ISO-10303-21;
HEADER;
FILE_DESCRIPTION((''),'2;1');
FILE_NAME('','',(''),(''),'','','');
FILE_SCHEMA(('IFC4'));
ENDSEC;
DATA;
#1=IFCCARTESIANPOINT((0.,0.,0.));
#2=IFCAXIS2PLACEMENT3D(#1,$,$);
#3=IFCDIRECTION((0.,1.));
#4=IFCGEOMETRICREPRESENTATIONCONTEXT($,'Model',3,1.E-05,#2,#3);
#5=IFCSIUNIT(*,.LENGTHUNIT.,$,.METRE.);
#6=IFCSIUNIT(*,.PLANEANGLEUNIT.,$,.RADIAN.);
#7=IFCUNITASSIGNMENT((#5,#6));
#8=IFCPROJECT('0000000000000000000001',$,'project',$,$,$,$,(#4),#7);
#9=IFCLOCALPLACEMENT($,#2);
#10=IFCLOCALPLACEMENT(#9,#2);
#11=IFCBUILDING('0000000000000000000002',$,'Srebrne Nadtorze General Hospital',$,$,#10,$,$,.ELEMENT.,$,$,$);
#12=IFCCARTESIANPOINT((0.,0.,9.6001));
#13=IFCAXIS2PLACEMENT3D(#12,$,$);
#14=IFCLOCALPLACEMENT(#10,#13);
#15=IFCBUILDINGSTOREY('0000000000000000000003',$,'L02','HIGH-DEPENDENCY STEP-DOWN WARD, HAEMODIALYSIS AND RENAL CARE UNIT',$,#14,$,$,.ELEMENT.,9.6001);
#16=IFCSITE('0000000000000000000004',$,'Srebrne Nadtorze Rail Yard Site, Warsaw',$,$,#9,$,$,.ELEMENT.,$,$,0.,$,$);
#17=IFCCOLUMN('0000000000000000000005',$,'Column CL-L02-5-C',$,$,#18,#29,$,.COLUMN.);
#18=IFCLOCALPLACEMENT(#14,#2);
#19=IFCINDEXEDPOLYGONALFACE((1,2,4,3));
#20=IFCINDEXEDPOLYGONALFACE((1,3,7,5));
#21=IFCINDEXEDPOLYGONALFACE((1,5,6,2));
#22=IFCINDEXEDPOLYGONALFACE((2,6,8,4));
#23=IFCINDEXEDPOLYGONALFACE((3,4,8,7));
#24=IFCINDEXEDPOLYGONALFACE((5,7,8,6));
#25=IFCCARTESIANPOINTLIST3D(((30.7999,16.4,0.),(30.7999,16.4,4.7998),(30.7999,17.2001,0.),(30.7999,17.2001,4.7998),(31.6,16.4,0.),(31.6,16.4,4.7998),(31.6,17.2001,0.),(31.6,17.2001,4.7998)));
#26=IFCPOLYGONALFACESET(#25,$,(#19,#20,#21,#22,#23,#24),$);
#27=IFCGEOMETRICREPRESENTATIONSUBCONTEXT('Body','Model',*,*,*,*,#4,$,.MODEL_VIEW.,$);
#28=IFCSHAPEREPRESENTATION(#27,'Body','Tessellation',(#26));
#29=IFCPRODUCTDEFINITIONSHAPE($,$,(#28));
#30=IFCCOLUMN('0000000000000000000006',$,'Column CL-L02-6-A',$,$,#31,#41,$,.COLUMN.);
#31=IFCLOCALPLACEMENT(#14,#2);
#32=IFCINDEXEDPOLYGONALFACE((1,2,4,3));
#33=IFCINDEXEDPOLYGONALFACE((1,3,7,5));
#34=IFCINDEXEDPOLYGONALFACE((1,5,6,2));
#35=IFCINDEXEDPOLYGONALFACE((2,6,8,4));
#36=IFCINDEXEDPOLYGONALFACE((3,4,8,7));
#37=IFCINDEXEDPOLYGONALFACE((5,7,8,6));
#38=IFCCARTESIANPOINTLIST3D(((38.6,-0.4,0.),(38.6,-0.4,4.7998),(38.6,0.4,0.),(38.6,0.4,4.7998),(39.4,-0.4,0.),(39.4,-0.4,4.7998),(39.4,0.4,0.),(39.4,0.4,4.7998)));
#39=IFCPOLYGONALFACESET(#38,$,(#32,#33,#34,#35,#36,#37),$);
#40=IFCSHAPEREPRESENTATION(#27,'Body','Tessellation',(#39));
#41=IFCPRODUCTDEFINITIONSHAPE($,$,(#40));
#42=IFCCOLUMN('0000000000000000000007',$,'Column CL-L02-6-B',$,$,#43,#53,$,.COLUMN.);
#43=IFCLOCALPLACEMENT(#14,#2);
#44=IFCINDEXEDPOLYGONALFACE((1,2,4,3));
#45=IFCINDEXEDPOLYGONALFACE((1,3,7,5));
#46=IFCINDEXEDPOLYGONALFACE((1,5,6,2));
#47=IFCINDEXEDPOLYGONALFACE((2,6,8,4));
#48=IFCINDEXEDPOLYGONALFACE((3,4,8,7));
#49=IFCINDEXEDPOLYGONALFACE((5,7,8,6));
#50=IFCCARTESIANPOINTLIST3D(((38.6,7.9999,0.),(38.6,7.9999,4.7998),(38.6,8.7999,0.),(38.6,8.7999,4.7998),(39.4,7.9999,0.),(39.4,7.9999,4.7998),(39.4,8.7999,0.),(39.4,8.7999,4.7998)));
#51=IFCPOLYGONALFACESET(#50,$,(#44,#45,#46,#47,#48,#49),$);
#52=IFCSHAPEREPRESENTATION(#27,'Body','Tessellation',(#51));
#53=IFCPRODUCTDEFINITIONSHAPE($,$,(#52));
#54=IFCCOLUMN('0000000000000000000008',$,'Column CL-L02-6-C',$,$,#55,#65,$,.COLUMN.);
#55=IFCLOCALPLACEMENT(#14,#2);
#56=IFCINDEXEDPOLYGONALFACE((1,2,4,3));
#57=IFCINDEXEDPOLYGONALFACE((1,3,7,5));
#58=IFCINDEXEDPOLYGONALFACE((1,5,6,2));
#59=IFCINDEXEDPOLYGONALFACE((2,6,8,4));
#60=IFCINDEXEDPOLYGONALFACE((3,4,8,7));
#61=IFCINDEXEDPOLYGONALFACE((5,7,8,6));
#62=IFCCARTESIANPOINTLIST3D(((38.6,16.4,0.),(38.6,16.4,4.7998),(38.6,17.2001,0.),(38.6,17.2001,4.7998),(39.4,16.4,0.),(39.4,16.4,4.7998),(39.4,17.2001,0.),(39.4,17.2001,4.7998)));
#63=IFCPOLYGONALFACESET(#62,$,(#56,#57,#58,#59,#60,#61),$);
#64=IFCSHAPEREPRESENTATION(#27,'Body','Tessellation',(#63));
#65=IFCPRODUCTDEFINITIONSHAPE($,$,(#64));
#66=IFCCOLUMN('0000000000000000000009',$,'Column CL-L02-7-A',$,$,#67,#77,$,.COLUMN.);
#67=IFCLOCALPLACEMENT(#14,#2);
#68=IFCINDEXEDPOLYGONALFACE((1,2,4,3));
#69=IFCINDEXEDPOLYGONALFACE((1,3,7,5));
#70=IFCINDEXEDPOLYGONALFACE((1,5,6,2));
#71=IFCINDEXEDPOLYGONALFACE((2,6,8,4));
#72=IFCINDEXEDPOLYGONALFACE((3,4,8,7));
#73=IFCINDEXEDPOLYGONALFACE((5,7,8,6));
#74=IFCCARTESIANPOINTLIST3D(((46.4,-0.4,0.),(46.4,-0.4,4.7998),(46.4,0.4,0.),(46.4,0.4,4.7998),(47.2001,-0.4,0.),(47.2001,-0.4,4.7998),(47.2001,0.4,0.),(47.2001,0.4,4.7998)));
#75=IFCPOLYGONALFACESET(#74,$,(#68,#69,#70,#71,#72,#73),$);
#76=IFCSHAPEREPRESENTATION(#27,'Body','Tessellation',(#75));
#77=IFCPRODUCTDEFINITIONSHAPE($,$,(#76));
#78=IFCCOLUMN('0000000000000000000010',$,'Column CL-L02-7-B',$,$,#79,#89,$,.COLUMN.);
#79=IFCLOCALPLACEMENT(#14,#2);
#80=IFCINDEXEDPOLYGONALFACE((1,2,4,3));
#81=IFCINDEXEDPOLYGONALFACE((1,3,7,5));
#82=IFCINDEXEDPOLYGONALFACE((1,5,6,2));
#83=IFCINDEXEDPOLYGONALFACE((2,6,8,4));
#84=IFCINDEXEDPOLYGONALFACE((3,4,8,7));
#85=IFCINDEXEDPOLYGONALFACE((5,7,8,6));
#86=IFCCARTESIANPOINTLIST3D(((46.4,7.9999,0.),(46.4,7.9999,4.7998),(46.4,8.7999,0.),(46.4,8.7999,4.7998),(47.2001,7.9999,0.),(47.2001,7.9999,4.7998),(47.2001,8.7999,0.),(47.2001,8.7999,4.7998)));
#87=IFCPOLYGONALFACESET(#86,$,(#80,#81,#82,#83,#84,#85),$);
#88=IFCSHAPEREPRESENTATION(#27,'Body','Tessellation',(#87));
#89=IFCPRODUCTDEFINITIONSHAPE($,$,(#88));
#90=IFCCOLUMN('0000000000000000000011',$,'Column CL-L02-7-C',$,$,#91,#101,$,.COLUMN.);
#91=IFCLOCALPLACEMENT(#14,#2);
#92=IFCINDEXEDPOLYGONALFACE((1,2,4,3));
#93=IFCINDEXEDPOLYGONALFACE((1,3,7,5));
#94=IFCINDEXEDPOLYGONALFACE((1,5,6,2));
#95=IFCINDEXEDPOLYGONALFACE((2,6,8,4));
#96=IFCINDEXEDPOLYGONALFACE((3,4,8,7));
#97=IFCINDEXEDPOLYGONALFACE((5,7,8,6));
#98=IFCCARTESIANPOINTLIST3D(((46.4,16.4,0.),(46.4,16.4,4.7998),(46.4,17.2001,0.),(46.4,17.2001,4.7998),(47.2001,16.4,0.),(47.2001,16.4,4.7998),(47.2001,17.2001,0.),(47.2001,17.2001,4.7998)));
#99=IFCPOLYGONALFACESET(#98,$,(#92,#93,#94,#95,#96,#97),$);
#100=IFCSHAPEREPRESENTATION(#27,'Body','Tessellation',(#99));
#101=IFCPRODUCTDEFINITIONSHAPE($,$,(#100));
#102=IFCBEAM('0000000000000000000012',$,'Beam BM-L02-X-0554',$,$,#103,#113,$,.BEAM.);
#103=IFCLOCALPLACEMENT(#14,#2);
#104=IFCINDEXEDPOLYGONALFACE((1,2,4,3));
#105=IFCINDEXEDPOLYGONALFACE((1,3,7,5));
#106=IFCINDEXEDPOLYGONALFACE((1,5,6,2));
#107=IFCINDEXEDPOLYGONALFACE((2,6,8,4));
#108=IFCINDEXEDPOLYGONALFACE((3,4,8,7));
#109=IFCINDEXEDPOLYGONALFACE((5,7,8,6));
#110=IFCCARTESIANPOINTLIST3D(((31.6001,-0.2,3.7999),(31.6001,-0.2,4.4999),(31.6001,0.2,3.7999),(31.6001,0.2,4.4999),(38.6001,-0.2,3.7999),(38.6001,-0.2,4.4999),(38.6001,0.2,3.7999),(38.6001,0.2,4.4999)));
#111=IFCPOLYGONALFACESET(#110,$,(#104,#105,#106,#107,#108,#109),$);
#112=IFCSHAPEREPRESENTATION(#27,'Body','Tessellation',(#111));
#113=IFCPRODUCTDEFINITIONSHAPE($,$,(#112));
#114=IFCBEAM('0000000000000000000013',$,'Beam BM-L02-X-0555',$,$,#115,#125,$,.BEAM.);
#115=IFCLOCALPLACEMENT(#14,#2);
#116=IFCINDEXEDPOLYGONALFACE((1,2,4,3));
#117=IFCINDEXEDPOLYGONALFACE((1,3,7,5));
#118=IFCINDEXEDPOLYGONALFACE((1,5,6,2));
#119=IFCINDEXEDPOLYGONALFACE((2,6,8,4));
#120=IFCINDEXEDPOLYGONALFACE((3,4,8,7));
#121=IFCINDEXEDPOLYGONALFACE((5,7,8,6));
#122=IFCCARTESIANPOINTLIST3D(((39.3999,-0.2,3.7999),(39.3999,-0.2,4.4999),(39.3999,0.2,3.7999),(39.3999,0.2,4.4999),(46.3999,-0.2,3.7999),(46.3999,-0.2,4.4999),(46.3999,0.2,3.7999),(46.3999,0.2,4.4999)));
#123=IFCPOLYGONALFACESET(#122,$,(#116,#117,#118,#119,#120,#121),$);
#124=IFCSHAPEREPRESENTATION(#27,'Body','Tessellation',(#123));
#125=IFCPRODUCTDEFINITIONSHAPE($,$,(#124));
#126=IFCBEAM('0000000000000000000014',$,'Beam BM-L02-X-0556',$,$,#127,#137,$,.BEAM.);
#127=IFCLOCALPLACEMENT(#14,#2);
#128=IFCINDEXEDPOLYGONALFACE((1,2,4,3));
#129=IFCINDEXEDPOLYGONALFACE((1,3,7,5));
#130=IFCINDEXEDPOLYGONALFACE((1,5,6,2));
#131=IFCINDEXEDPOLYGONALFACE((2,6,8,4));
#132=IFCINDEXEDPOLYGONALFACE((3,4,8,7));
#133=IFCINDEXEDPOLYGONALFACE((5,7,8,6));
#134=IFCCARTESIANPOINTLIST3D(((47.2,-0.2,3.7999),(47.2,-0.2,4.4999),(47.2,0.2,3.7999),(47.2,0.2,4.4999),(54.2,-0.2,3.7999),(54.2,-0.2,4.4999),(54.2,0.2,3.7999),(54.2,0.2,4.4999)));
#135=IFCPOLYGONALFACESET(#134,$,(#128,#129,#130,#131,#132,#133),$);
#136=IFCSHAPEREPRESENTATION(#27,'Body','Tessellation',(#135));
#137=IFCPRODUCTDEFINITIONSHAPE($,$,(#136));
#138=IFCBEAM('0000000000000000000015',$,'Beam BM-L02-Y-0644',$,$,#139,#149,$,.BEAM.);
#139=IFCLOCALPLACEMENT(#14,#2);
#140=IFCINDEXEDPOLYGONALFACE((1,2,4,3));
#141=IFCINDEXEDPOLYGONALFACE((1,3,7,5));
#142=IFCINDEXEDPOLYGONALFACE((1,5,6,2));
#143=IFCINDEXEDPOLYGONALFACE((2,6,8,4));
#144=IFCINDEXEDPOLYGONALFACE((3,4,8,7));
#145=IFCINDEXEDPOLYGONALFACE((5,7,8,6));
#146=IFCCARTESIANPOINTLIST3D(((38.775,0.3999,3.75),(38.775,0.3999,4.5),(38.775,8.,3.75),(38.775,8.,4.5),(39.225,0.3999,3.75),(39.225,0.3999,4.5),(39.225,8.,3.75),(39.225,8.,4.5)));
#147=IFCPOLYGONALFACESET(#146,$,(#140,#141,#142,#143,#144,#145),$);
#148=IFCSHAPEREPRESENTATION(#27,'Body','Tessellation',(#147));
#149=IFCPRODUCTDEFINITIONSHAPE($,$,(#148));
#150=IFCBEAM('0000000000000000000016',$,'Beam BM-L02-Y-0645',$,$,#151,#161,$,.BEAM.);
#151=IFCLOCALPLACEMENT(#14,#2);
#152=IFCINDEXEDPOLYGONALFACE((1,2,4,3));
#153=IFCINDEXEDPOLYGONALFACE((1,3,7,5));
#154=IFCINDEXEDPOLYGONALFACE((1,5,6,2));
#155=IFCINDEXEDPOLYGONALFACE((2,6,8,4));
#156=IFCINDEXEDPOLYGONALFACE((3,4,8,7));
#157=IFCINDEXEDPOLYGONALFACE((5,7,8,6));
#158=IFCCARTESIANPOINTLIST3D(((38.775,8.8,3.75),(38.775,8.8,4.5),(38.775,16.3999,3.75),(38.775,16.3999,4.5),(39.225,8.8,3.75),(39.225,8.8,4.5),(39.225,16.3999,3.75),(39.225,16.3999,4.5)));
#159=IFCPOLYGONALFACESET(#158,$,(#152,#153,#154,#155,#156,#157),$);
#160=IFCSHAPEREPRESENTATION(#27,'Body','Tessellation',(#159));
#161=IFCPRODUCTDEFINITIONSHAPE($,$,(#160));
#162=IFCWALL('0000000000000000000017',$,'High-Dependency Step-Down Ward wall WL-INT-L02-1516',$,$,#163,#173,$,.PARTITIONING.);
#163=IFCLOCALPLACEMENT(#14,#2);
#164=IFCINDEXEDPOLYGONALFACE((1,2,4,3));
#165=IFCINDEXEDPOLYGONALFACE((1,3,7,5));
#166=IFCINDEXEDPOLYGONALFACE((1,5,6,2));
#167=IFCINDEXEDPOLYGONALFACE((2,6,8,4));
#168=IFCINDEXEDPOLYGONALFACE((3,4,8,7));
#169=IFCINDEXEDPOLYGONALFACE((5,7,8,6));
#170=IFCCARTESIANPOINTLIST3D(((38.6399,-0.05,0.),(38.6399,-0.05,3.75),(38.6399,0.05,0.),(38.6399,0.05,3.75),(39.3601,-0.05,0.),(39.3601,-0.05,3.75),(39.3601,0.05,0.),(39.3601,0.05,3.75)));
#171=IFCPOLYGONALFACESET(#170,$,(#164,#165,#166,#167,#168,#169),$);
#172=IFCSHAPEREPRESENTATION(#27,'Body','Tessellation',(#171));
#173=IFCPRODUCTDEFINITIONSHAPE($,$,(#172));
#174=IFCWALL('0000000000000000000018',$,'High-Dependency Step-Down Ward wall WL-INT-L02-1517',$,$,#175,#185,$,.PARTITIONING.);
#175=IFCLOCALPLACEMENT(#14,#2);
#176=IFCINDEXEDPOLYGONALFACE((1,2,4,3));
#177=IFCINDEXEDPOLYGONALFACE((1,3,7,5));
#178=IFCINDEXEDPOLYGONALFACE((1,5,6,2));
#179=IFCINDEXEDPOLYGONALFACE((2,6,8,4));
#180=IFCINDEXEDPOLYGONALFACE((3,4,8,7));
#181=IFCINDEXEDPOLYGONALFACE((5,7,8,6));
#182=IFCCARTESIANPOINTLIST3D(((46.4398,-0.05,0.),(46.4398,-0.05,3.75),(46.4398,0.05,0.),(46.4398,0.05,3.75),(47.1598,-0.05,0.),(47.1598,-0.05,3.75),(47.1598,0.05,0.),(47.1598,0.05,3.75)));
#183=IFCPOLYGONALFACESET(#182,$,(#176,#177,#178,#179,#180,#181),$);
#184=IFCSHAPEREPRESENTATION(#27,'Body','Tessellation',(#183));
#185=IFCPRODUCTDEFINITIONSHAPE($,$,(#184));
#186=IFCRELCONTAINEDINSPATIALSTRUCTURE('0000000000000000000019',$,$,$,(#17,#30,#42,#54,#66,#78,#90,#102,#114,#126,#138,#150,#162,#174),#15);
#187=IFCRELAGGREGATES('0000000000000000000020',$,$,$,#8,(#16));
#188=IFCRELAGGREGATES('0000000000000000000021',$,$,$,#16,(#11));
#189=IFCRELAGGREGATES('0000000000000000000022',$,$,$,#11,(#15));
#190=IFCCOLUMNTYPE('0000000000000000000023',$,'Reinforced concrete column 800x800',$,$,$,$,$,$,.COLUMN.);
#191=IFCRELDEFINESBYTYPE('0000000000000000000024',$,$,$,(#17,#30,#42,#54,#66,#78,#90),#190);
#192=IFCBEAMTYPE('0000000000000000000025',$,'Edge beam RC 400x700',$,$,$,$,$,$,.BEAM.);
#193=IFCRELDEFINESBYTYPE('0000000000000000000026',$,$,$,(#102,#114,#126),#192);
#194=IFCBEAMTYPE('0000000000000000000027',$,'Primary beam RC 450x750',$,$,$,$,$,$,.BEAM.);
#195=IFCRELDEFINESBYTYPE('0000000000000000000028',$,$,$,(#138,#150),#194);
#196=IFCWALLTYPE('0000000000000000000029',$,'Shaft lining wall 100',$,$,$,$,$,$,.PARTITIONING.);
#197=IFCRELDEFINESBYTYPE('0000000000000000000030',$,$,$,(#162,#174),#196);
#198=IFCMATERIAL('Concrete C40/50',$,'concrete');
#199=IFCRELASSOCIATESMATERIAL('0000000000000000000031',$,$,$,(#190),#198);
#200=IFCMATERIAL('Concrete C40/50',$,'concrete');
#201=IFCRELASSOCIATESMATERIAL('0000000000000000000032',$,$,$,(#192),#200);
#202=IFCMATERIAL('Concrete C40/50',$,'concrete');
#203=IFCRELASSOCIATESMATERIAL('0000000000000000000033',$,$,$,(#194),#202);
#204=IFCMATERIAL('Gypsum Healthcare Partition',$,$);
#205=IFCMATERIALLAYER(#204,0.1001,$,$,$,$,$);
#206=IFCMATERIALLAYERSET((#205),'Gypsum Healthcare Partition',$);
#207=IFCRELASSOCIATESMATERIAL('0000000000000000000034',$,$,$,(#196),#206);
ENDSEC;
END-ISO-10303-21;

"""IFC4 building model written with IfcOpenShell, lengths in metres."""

from ifc_helpers import new_model, si_unit, direction, frame, frame_2d, origin, origin_2d, place, context, subcontext, project, spatial, rectangle, extrude, material, layer, layer_set, material_profile, profile_set, type_object, element, save


model = new_model("IFC4")

# Units and contexts
model_context = context("Model", 3, precision=1e-05, world=origin(), true_north=direction((0.0, 1.0)))
body_context = subcontext(model_context, "Body", "Model", "MODEL_VIEW")
ifc_project = project(units=[si_unit("LENGTHUNIT", "METRE"), si_unit("PLANEANGLEUNIT", "RADIAN")], contexts=[model_context])

# Site, building, storey
site_placement = place(None, origin())
site = spatial("IfcSite", under=ifc_project, at=site_placement, Name="Srebrne Nadtorze Rail Yard Site, Warsaw", CompositionType="ELEMENT", RefElevation=0.0)
building_placement = place(site_placement, origin())
building = spatial("IfcBuilding", under=site, at=building_placement, Name="Srebrne Nadtorze General Hospital", CompositionType="ELEMENT")
storey_placement = place(building_placement, frame((0.0, 0.0, 9.6001)))
storey = spatial("IfcBuildingStorey", under=building, at=storey_placement, Name="L02", Description="HIGH-DEPENDENCY STEP-DOWN WARD, HAEMODIALYSIS AND RENAL CARE UNIT", CompositionType="ELEMENT", Elevation=9.6001)

# Columns
ifc_material_1 = material(Name="Concrete C40/50", Category="concrete")
ifc_material_profile_1 = material_profile(ifc_material_1, rectangle(XDim=0.8, YDim=0.8, at=origin_2d()), Name="RC-COL-800x800")
ifc_profile_set_1 = profile_set([ifc_material_profile_1], Name="Concrete C40/50")
column_type = type_object("IfcColumnType", Name="Reinforced concrete column 800x800", PredefinedType="COLUMN", material=ifc_profile_set_1)
for number, where, z_axis, x_axis, name in (
    (1, (31.2, 16.8, 0.0), (0.0, 0.0, 1.0), (1.0, 0.0, 0.0), "Column CL-L02-5-C"),
    (2, (39.0, 0.0, 0.0), (0.0, 0.0, 1.0), (1.0, 0.0, 0.0), "Column CL-L02-6-A"),
    (3, (39.0, 8.3999, 0.0), (0.0, 0.0, 1.0), (1.0, 0.0, 0.0), "Column CL-L02-6-B"),
    (4, (39.0, 16.8, 0.0), (0.0, 0.0, 1.0), (1.0, 0.0, 0.0), "Column CL-L02-6-C"),
    (5, (46.8, 0.0, 0.0), (0.0, 0.0, 1.0), (1.0, 0.0, 0.0), "Column CL-L02-7-A"),
    (6, (46.8, 8.3999, 0.0), (0.0, 0.0, 1.0), (1.0, 0.0, 0.0), "Column CL-L02-7-B"),
    (7, (46.8, 16.8, 0.0), (0.0, 0.0, 1.0), (1.0, 0.0, 0.0), "Column CL-L02-7-C"),
):
    element("IfcColumn", number, at=place(storey_placement, frame(where, z_axis=z_axis, x_axis=x_axis)), inside=storey, type_object=column_type, Name=name, PredefinedType="COLUMN", context=body_context, shape_type="SweptSolid", body=[
        extrude(rectangle(XDim=0.8, YDim=0.8, at=origin_2d()), origin(), (0.0, 0.0, 1.0), 4.7998),
    ])

# Beams
ifc_material_2 = material(Name="Concrete C40/50", Category="concrete")
ifc_material_profile_2 = material_profile(ifc_material_2, rectangle(XDim=0.3999, YDim=0.7, at=origin_2d()), Name="RC-BM-400x700")
ifc_profile_set_2 = profile_set([ifc_material_profile_2], Name="Concrete C40/50")
beam_type_1 = type_object("IfcBeamType", Name="Edge beam RC 400x700", PredefinedType="BEAM", material=ifc_profile_set_2)
for number, where, z_axis, x_axis, name in (
    (8, (31.6001, 0.0, 4.1499), (1.0, 0.0, 0.0), (0.0, 1.0, 0.0), "Beam BM-L02-X-0554"),
    (9, (39.3999, 0.0, 4.1499), (1.0, 0.0, 0.0), (0.0, 1.0, 0.0), "Beam BM-L02-X-0555"),
    (10, (47.2, 0.0, 4.1499), (1.0, 0.0, 0.0), (0.0, 1.0, 0.0), "Beam BM-L02-X-0556"),
):
    element("IfcBeam", number, at=place(storey_placement, frame(where, z_axis=z_axis, x_axis=x_axis)), inside=storey, type_object=beam_type_1, Name=name, PredefinedType="BEAM", context=body_context, shape_type="SweptSolid", body=[
        extrude(rectangle(XDim=0.3999, YDim=0.7, at=origin_2d()), origin(), (0.0, 0.0, 1.0), 7.0),
    ])
ifc_material_3 = material(Name="Concrete C40/50", Category="concrete")
ifc_material_profile_3 = material_profile(ifc_material_3, rectangle(XDim=0.45, YDim=0.75, at=origin_2d()), Name="RC-BM-450x750")
ifc_profile_set_3 = profile_set([ifc_material_profile_3], Name="Concrete C40/50")
beam_type_2 = type_object("IfcBeamType", Name="Primary beam RC 450x750", PredefinedType="BEAM", material=ifc_profile_set_3)
beam_1_placement = place(storey_placement, frame((39.0, 0.3999, 4.125), z_axis=(0.0, 1.0, 0.0), x_axis=(-1.0, 0.0, 0.0)))
element("IfcBeam", 11, at=beam_1_placement, inside=storey, type_object=beam_type_2, Name="Beam BM-L02-Y-0644", PredefinedType="BEAM", context=body_context, shape_type="SweptSolid", body=[
    extrude(rectangle(XDim=0.45, YDim=0.75, at=origin_2d()), origin(), (0.0, 0.0, 1.0), 7.6001),
])
beam_2_placement = place(storey_placement, frame((39.0, 8.8, 4.125), z_axis=(0.0, 1.0, 0.0), x_axis=(-1.0, 0.0, 0.0)))
element("IfcBeam", 12, at=beam_2_placement, inside=storey, type_object=beam_type_2, Name="Beam BM-L02-Y-0645", PredefinedType="BEAM", context=body_context, shape_type="SweptSolid", body=[
    extrude(rectangle(XDim=0.45, YDim=0.75, at=origin_2d()), origin(), (0.0, 0.0, 1.0), 7.5999),
])

# Walls
ifc_material_4 = material(Name="Gypsum Healthcare Partition")
ifc_layer_1 = layer(ifc_material_4, 0.1001)
ifc_layer_set_1 = layer_set([ifc_layer_1], Name="Gypsum Healthcare Partition")
wall_type_1 = type_object("IfcWallType", Name="Shaft lining wall 100", PredefinedType="PARTITIONING", material=ifc_layer_set_1)
wall_1_placement = place(storey_placement, frame((38.6399, 0.0, 0.0), z_axis=(0.0, 0.0, 1.0), x_axis=(1.0, 0.0, 0.0)))
element("IfcWall", 13, at=wall_1_placement, inside=storey, type_object=wall_type_1, Name="High-Dependency Step-Down Ward wall WL-INT-L02-1516", PredefinedType="PARTITIONING", context=body_context, shape_type="SweptSolid", body=[
    extrude(rectangle(XDim=0.7202, YDim=0.1001, at=frame_2d((0.3601, 0.0))), origin(), (0.0, 0.0, 1.0), 3.75),
])
wall_2_placement = place(storey_placement, frame((46.4399, 0.0, 0.0), z_axis=(0.0, 0.0, 1.0), x_axis=(1.0, 0.0, 0.0)))
element("IfcWall", 14, at=wall_2_placement, inside=storey, type_object=wall_type_1, Name="High-Dependency Step-Down Ward wall WL-INT-L02-1517", PredefinedType="PARTITIONING", context=body_context, shape_type="SweptSolid", body=[
    extrude(rectangle(XDim=0.72, YDim=0.1001, at=frame_2d((0.3599, 0.0))), origin(), (0.0, 0.0, 1.0), 3.75),
])

save(model, "model.ifc")
